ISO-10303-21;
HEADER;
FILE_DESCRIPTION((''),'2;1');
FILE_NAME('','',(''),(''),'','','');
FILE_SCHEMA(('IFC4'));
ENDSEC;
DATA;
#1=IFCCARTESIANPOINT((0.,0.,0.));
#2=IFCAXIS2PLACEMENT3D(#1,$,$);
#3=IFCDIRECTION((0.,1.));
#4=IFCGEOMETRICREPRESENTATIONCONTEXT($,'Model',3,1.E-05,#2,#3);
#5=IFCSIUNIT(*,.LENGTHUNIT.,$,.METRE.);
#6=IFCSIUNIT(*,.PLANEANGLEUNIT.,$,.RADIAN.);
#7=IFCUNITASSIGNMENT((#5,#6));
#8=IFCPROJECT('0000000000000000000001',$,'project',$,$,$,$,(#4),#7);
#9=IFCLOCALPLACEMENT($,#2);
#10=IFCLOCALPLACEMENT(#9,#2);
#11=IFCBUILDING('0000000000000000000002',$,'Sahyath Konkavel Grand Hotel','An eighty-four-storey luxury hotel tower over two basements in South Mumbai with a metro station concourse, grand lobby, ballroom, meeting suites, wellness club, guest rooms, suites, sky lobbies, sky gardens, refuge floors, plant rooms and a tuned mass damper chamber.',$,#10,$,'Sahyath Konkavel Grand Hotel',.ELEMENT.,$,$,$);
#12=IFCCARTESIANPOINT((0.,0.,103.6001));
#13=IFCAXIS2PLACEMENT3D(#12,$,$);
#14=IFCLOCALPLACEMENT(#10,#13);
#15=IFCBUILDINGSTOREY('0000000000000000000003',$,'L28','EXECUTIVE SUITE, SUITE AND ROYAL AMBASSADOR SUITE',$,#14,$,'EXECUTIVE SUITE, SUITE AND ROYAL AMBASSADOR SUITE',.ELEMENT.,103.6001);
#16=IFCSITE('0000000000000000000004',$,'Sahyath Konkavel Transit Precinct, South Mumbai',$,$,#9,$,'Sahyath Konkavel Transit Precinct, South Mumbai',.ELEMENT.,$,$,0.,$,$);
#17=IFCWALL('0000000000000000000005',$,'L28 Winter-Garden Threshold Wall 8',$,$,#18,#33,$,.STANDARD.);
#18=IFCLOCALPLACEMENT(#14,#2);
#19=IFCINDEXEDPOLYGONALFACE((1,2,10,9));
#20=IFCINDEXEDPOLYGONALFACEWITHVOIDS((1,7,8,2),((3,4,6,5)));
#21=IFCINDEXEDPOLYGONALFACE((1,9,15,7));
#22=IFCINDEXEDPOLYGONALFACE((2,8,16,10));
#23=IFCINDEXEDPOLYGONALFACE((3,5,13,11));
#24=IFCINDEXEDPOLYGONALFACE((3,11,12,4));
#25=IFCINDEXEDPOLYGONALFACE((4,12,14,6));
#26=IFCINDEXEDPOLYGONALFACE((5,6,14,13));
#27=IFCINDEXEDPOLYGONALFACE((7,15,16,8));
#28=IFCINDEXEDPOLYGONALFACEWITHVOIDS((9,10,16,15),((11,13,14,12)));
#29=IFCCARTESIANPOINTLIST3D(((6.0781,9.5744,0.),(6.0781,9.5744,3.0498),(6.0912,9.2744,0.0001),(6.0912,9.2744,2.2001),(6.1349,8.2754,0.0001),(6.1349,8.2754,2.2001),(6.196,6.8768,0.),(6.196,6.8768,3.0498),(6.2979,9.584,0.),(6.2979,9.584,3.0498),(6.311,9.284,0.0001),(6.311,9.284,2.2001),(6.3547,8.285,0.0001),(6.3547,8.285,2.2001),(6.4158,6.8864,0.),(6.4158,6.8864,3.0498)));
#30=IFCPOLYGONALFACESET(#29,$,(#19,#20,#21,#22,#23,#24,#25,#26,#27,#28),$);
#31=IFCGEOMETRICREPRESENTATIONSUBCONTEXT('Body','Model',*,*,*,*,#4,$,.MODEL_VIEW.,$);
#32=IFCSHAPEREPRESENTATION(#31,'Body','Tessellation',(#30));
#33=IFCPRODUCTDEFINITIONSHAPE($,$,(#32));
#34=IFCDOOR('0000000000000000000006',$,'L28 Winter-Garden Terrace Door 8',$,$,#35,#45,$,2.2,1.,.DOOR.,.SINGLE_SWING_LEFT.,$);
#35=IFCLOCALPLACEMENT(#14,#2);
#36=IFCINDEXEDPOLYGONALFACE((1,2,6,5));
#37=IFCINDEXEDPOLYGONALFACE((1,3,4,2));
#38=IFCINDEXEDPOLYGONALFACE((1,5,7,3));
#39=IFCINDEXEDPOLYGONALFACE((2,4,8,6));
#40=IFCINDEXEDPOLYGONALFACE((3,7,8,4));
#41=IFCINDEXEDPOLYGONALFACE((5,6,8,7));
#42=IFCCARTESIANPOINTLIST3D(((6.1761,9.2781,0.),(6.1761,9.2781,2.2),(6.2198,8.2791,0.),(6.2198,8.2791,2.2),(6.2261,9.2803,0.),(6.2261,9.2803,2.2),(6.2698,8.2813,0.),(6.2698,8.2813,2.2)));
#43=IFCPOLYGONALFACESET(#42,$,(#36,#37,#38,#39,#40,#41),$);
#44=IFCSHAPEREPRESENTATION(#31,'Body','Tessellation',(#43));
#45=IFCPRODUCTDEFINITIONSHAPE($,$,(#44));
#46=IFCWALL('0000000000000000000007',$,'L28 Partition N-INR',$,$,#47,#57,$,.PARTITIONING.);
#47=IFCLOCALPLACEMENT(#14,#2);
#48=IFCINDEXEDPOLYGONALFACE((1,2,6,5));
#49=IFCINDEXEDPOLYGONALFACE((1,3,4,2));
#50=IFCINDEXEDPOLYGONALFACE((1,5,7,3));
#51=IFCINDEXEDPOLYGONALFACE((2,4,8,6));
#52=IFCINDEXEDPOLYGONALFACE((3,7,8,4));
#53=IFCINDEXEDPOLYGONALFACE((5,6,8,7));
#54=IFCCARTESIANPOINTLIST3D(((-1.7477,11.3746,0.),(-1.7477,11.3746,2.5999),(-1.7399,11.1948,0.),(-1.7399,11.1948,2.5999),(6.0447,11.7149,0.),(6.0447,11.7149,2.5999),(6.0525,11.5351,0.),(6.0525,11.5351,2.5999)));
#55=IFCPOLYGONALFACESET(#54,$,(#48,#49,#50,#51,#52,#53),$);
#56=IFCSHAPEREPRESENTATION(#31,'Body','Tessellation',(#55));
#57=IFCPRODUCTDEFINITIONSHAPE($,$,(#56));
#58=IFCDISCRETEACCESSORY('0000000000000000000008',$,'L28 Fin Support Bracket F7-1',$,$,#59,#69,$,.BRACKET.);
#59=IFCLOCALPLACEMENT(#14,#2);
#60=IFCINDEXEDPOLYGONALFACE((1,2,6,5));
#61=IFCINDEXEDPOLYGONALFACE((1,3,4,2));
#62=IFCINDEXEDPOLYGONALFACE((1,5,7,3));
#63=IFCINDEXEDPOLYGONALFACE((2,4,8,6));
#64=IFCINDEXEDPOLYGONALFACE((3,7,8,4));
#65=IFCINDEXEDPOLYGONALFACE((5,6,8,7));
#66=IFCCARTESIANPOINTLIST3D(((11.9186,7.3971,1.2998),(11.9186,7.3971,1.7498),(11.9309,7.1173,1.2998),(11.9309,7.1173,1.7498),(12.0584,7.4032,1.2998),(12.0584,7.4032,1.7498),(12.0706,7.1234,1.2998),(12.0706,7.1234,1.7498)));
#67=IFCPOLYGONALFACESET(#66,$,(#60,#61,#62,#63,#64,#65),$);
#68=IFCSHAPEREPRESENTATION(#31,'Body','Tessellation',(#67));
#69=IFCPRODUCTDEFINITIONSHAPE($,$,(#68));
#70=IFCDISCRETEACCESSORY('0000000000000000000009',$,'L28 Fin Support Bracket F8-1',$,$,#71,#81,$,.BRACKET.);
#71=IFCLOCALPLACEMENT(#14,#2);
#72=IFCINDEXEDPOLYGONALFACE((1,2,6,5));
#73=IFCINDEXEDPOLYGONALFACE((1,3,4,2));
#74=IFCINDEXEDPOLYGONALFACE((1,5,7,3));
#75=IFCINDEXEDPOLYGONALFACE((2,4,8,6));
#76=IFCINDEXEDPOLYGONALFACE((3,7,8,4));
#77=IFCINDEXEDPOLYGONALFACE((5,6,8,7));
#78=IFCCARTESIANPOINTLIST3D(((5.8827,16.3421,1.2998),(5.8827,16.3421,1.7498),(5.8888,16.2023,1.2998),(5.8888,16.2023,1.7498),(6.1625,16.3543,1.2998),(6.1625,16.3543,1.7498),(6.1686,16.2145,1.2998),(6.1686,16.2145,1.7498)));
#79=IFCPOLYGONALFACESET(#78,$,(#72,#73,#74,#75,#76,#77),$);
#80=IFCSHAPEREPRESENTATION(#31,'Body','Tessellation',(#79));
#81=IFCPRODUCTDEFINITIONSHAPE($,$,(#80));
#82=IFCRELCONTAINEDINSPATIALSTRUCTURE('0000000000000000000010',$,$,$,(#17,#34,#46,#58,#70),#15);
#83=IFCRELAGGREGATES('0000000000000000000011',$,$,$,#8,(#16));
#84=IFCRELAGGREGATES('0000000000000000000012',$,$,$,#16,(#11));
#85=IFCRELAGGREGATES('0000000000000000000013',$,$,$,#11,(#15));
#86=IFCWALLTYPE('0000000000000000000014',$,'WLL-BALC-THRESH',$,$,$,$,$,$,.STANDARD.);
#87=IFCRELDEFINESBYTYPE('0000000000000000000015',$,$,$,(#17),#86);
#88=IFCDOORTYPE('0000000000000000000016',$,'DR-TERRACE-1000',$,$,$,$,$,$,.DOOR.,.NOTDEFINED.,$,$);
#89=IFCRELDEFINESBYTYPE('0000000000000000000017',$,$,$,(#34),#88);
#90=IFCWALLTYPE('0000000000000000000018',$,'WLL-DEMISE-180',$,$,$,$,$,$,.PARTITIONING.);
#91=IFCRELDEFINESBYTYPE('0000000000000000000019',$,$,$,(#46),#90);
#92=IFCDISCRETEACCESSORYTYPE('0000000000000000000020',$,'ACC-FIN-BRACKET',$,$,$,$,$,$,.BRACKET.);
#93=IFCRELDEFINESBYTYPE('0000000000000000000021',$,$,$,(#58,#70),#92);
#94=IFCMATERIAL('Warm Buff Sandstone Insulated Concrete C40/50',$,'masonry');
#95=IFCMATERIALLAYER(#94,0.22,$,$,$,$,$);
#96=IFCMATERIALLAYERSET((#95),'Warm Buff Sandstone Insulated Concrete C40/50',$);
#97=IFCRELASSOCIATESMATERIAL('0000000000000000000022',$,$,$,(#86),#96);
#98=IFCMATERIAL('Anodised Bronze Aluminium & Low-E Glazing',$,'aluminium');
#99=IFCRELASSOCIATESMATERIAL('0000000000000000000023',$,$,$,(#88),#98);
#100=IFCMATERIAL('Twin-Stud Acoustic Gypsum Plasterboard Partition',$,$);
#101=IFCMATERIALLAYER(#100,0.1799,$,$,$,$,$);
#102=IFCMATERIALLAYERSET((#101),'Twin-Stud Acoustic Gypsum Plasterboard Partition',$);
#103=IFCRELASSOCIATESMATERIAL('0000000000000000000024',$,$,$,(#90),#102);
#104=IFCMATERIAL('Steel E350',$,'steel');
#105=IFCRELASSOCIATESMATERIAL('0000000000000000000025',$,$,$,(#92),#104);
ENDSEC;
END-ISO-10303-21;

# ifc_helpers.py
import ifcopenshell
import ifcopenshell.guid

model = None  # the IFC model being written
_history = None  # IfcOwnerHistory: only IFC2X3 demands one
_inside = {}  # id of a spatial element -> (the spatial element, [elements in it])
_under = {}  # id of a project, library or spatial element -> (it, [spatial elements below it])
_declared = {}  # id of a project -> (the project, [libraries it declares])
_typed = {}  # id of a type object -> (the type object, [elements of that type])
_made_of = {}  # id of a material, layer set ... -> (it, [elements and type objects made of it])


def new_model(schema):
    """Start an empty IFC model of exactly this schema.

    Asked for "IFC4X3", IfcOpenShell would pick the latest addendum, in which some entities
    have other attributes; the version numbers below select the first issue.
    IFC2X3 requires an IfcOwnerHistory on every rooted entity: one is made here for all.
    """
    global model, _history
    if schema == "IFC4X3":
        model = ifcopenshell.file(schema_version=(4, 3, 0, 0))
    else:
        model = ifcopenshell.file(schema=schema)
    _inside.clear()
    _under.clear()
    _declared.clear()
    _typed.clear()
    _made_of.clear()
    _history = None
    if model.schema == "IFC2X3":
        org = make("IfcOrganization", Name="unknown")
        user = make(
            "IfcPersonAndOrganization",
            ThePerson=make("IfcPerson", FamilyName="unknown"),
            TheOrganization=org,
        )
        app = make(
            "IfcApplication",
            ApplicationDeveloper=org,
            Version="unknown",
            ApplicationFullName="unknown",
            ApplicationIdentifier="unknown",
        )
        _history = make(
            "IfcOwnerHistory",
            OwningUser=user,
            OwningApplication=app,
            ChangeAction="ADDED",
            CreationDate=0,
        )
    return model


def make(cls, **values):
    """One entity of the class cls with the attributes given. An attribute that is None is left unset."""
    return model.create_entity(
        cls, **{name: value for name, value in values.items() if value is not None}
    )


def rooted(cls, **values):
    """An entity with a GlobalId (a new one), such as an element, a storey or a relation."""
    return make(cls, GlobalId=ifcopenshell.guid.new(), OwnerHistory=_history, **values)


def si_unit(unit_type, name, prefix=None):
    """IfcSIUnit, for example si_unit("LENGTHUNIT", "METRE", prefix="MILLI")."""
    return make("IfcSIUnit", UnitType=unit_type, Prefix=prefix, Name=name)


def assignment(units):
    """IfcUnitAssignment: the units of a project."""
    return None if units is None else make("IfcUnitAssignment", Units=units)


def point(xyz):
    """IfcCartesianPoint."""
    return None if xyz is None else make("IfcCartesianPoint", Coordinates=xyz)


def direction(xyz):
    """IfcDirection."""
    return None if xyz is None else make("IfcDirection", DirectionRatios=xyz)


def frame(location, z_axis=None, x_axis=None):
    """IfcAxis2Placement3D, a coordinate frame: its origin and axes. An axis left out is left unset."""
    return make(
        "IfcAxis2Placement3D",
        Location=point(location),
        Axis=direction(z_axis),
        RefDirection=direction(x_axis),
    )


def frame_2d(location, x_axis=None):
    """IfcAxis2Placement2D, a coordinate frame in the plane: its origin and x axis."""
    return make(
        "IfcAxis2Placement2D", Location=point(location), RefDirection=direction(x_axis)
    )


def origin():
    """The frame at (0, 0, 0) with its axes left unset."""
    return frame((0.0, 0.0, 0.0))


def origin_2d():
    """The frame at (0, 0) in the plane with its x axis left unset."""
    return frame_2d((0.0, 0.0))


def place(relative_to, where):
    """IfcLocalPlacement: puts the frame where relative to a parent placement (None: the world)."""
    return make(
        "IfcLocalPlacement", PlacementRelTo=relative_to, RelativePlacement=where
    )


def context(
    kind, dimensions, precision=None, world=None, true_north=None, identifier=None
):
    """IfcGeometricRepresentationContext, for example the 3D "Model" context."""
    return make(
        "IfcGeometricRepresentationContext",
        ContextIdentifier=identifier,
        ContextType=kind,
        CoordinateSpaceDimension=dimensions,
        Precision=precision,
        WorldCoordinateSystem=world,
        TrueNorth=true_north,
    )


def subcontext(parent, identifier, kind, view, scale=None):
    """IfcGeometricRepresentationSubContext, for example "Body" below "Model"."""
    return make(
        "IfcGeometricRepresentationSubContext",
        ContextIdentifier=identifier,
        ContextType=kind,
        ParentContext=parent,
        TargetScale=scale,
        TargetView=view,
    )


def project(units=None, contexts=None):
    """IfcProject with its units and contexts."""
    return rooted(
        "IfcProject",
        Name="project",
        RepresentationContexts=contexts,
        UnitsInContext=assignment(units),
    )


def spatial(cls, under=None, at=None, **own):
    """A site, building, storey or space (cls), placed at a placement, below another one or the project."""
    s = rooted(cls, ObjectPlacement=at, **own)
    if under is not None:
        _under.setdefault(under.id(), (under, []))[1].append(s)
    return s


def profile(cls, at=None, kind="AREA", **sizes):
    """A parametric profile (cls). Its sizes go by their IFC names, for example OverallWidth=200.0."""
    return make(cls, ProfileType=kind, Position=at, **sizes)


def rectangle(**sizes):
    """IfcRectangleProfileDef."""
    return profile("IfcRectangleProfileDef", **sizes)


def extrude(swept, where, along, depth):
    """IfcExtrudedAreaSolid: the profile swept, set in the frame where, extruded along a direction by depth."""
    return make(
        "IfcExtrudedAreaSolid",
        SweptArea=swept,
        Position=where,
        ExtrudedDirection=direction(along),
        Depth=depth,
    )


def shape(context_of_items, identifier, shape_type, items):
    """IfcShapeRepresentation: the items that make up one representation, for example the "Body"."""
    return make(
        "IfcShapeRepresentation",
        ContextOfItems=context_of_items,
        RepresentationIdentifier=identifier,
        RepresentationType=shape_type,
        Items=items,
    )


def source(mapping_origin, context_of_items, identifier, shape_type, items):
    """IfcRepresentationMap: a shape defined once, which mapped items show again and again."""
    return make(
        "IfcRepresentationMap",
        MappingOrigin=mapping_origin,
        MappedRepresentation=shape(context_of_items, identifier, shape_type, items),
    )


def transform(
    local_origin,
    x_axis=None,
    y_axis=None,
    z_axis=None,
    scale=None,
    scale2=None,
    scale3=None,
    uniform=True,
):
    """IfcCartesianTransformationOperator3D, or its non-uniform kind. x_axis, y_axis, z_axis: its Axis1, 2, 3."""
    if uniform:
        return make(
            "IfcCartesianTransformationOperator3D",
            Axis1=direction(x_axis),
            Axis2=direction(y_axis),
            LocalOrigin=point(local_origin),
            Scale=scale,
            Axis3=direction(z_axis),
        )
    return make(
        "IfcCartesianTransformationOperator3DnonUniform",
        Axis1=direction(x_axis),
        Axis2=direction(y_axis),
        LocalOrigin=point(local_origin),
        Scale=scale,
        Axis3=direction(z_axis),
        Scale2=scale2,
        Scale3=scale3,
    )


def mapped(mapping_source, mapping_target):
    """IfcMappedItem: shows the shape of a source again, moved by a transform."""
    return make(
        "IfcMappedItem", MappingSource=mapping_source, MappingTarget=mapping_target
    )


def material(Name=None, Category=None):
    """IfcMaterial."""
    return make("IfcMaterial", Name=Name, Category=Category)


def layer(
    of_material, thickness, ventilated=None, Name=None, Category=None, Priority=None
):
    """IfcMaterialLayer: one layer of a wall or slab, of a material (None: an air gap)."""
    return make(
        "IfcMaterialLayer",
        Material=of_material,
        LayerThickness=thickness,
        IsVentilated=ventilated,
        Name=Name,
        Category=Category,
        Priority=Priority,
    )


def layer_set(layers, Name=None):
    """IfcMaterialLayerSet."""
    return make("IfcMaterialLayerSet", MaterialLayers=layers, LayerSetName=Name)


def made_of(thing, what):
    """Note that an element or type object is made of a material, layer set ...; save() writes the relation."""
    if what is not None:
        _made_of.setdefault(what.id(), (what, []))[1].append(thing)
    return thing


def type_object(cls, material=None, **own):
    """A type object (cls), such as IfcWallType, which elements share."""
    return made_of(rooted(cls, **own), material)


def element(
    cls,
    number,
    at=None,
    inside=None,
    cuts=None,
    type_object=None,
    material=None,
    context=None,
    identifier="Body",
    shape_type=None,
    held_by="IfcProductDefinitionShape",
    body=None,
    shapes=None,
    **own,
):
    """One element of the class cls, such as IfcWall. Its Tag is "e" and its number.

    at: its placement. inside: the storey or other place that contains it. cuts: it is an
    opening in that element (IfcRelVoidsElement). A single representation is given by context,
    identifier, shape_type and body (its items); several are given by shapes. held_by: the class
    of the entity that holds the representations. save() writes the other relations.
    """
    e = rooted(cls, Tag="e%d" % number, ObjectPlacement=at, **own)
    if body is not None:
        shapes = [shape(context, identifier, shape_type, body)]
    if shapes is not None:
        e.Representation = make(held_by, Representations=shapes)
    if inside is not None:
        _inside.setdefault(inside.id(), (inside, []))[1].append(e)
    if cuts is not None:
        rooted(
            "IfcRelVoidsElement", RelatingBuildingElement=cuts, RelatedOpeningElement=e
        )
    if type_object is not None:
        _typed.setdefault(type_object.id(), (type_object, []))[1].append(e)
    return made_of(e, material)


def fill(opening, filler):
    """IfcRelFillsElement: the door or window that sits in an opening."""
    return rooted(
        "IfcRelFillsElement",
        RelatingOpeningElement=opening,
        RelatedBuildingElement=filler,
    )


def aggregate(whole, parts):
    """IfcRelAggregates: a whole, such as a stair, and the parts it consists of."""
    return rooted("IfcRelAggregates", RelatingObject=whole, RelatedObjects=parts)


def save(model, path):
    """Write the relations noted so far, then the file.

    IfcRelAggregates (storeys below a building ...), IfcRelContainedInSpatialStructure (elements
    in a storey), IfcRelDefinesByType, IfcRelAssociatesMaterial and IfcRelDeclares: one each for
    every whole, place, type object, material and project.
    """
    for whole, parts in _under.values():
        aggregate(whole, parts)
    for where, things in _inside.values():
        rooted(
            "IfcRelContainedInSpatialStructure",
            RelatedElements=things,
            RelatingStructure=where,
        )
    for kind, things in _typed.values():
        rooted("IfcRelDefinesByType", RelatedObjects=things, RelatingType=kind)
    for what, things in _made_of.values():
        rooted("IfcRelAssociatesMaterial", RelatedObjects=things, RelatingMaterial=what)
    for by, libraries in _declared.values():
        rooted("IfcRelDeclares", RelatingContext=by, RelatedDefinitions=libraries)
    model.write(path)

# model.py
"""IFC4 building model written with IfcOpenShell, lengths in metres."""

from ifc_helpers import new_model, si_unit, direction, frame, frame_2d, origin, origin_2d, place, context, subcontext, project, spatial, rectangle, extrude, source, transform, mapped, material, layer, layer_set, type_object, element, fill, save


model = new_model("IFC4")

# Units and contexts
model_context = context("Model", 3, precision=1e-05, world=origin(), true_north=direction((0.0, 1.0)))
body_context = subcontext(model_context, "Body", "Model", "MODEL_VIEW")
ifc_project = project(units=[si_unit("LENGTHUNIT", "METRE"), si_unit("PLANEANGLEUNIT", "RADIAN")], contexts=[model_context])

# Site, building, storey
site_placement = place(None, origin())
site = spatial("IfcSite", under=ifc_project, at=site_placement, Name="Sahyath Konkavel Transit Precinct, South Mumbai", LongName="Sahyath Konkavel Transit Precinct, South Mumbai", CompositionType="ELEMENT", RefElevation=0.0)
building_placement = place(site_placement, origin())
building = spatial("IfcBuilding", under=site, at=building_placement, Name="Sahyath Konkavel Grand Hotel", Description="An eighty-four-storey luxury hotel tower over two basements in South Mumbai with a metro station concourse, grand lobby, ballroom, meeting suites, wellness club, guest rooms, suites, sky lobbies, sky gardens, refuge floors, plant rooms and a tuned mass damper chamber.", LongName="Sahyath Konkavel Grand Hotel", CompositionType="ELEMENT")
storey_placement = place(building_placement, frame((0.0, 0.0, 103.6001)))
storey = spatial("IfcBuildingStorey", under=building, at=storey_placement, Name="L28", Description="EXECUTIVE SUITE, SUITE AND ROYAL AMBASSADOR SUITE", LongName="EXECUTIVE SUITE, SUITE AND ROYAL AMBASSADOR SUITE", CompositionType="ELEMENT", Elevation=103.6001)

# Shared definitions
ifc_material_1 = material(Name="Steel E350", Category="steel")

# Shared definitions
ifc_material_2 = material(Name="Anodised Bronze Aluminium & Low-E Glazing", Category="aluminium")

# Shared definitions
ifc_material_3 = material(Name="Warm Buff Sandstone Insulated Concrete C40/50", Category="masonry")
ifc_layer_1 = layer(ifc_material_3, 0.22)
ifc_layer_set_1 = layer_set([ifc_layer_1], Name="Warm Buff Sandstone Insulated Concrete C40/50")
wall_type_1 = type_object("IfcWallType", Name="WLL-BALC-THRESH", PredefinedType="STANDARD", material=ifc_layer_set_1)

# Wall, opening, door
wall_1_placement = place(storey_placement, frame((6.3059, 6.8816, 0.0), z_axis=(0.0, 0.0, 1.0), x_axis=(-0.043673, 0.999046, 0.0)))
wall_1 = element("IfcWall", 1, at=wall_1_placement, inside=storey, type_object=wall_type_1, Name="L28 Winter-Garden Threshold Wall 8", PredefinedType="STANDARD", context=body_context, shape_type="SweptSolid", body=[
    extrude(rectangle(XDim=2.7002, YDim=0.22, at=frame_2d((1.3501, 0.0))), origin(), (0.0, 0.0, 1.0), 3.0498),
])
opening_placement = place(wall_1_placement, frame((1.3999, 0.0, 0.0)))
opening = element("IfcOpeningElement", 2, at=opening_placement, cuts=wall_1, PredefinedType="OPENING", context=body_context, shape_type="SweptSolid", body=[
    extrude(rectangle(XDim=1.0, YDim=2.2, at=frame_2d((0.5, 1.1001))), frame((0.0, 0.1201, 0.0), z_axis=(0.0, -1.0, 0.0), x_axis=(1.0, 0.0, 0.0)), (0.0, 0.0, 1.0), 0.24),
])
door_type = type_object("IfcDoorType", Name="DR-TERRACE-1000", OperationType="NOTDEFINED", PredefinedType="DOOR", material=ifc_material_2)
shared_shape_1 = source(origin(), body_context, "Body", "SweptSolid", [
    extrude(rectangle(XDim=1.0, YDim=0.05, at=origin_2d()), origin(), (0.0, 0.0, 1.0), 2.2),
])
door_placement = place(opening_placement, frame((0.5, 0.0, 0.0)))
door = element("IfcDoor", 3, at=door_placement, inside=storey, type_object=door_type, Name="L28 Winter-Garden Terrace Door 8", OperationType="SINGLE_SWING_LEFT", OverallHeight=2.2, OverallWidth=1.0, PredefinedType="DOOR", context=body_context, shape_type="MappedRepresentation", body=[
    mapped(shared_shape_1, transform((0.0, 0.0, 0.0), scale=1.0)),
])
fill(opening, door)

# Wall
ifc_material_4 = material(Name="Twin-Stud Acoustic Gypsum Plasterboard Partition")
ifc_layer_2 = layer(ifc_material_4, 0.1799)
ifc_layer_set_2 = layer_set([ifc_layer_2], Name="Twin-Stud Acoustic Gypsum Plasterboard Partition")
wall_type_2 = type_object("IfcWallType", Name="WLL-DEMISE-180", PredefinedType="PARTITIONING", material=ifc_layer_set_2)
wall_2_placement = place(storey_placement, frame((6.0486, 11.625, 0.0), z_axis=(0.0, 0.0, 1.0), x_axis=(-0.999048, -0.043633, 0.0)))
element("IfcWall", 4, at=wall_2_placement, inside=storey, type_object=wall_type_2, Name="L28 Partition N-INR", PredefinedType="PARTITIONING", context=body_context, shape_type="SweptSolid", body=[
    extrude(rectangle(XDim=7.7998, YDim=0.1799, at=frame_2d((3.8999, 0.0))), origin(), (0.0, 0.0, 1.0), 2.5999),
])

# Discrete accessories
discrete_accessory_type = type_object("IfcDiscreteAccessoryType", Name="ACC-FIN-BRACKET", PredefinedType="BRACKET", material=ifc_material_1)
shared_shape_2 = source(origin(), body_context, "Body", "SweptSolid", [
    extrude(rectangle(XDim=0.28, YDim=0.1399, at=origin_2d()), origin(), (0.0, 0.0, 1.0), 0.45),
])
for number, where, z_axis, x_axis, name in (
    (5, (11.9946, 7.2603, 1.2998), (0.0, 0.0, 1.0), (-0.043619, 0.999048, 0.0), "L28 Fin Support Bracket F7-1"),
    (6, (6.0256, 16.2783, 1.2998), (0.0, 0.0, 1.0), (0.999048, 0.043619, 0.0), "L28 Fin Support Bracket F8-1"),
):
    element("IfcDiscreteAccessory", number, at=place(storey_placement, frame(where, z_axis=z_axis, x_axis=x_axis)), inside=storey, type_object=discrete_accessory_type, Name=name, PredefinedType="BRACKET", context=body_context, shape_type="MappedRepresentation", body=[
        mapped(shared_shape_2, transform((0.0, 0.0, 0.0), scale=1.0)),
    ])

save(model, "model.ifc")
